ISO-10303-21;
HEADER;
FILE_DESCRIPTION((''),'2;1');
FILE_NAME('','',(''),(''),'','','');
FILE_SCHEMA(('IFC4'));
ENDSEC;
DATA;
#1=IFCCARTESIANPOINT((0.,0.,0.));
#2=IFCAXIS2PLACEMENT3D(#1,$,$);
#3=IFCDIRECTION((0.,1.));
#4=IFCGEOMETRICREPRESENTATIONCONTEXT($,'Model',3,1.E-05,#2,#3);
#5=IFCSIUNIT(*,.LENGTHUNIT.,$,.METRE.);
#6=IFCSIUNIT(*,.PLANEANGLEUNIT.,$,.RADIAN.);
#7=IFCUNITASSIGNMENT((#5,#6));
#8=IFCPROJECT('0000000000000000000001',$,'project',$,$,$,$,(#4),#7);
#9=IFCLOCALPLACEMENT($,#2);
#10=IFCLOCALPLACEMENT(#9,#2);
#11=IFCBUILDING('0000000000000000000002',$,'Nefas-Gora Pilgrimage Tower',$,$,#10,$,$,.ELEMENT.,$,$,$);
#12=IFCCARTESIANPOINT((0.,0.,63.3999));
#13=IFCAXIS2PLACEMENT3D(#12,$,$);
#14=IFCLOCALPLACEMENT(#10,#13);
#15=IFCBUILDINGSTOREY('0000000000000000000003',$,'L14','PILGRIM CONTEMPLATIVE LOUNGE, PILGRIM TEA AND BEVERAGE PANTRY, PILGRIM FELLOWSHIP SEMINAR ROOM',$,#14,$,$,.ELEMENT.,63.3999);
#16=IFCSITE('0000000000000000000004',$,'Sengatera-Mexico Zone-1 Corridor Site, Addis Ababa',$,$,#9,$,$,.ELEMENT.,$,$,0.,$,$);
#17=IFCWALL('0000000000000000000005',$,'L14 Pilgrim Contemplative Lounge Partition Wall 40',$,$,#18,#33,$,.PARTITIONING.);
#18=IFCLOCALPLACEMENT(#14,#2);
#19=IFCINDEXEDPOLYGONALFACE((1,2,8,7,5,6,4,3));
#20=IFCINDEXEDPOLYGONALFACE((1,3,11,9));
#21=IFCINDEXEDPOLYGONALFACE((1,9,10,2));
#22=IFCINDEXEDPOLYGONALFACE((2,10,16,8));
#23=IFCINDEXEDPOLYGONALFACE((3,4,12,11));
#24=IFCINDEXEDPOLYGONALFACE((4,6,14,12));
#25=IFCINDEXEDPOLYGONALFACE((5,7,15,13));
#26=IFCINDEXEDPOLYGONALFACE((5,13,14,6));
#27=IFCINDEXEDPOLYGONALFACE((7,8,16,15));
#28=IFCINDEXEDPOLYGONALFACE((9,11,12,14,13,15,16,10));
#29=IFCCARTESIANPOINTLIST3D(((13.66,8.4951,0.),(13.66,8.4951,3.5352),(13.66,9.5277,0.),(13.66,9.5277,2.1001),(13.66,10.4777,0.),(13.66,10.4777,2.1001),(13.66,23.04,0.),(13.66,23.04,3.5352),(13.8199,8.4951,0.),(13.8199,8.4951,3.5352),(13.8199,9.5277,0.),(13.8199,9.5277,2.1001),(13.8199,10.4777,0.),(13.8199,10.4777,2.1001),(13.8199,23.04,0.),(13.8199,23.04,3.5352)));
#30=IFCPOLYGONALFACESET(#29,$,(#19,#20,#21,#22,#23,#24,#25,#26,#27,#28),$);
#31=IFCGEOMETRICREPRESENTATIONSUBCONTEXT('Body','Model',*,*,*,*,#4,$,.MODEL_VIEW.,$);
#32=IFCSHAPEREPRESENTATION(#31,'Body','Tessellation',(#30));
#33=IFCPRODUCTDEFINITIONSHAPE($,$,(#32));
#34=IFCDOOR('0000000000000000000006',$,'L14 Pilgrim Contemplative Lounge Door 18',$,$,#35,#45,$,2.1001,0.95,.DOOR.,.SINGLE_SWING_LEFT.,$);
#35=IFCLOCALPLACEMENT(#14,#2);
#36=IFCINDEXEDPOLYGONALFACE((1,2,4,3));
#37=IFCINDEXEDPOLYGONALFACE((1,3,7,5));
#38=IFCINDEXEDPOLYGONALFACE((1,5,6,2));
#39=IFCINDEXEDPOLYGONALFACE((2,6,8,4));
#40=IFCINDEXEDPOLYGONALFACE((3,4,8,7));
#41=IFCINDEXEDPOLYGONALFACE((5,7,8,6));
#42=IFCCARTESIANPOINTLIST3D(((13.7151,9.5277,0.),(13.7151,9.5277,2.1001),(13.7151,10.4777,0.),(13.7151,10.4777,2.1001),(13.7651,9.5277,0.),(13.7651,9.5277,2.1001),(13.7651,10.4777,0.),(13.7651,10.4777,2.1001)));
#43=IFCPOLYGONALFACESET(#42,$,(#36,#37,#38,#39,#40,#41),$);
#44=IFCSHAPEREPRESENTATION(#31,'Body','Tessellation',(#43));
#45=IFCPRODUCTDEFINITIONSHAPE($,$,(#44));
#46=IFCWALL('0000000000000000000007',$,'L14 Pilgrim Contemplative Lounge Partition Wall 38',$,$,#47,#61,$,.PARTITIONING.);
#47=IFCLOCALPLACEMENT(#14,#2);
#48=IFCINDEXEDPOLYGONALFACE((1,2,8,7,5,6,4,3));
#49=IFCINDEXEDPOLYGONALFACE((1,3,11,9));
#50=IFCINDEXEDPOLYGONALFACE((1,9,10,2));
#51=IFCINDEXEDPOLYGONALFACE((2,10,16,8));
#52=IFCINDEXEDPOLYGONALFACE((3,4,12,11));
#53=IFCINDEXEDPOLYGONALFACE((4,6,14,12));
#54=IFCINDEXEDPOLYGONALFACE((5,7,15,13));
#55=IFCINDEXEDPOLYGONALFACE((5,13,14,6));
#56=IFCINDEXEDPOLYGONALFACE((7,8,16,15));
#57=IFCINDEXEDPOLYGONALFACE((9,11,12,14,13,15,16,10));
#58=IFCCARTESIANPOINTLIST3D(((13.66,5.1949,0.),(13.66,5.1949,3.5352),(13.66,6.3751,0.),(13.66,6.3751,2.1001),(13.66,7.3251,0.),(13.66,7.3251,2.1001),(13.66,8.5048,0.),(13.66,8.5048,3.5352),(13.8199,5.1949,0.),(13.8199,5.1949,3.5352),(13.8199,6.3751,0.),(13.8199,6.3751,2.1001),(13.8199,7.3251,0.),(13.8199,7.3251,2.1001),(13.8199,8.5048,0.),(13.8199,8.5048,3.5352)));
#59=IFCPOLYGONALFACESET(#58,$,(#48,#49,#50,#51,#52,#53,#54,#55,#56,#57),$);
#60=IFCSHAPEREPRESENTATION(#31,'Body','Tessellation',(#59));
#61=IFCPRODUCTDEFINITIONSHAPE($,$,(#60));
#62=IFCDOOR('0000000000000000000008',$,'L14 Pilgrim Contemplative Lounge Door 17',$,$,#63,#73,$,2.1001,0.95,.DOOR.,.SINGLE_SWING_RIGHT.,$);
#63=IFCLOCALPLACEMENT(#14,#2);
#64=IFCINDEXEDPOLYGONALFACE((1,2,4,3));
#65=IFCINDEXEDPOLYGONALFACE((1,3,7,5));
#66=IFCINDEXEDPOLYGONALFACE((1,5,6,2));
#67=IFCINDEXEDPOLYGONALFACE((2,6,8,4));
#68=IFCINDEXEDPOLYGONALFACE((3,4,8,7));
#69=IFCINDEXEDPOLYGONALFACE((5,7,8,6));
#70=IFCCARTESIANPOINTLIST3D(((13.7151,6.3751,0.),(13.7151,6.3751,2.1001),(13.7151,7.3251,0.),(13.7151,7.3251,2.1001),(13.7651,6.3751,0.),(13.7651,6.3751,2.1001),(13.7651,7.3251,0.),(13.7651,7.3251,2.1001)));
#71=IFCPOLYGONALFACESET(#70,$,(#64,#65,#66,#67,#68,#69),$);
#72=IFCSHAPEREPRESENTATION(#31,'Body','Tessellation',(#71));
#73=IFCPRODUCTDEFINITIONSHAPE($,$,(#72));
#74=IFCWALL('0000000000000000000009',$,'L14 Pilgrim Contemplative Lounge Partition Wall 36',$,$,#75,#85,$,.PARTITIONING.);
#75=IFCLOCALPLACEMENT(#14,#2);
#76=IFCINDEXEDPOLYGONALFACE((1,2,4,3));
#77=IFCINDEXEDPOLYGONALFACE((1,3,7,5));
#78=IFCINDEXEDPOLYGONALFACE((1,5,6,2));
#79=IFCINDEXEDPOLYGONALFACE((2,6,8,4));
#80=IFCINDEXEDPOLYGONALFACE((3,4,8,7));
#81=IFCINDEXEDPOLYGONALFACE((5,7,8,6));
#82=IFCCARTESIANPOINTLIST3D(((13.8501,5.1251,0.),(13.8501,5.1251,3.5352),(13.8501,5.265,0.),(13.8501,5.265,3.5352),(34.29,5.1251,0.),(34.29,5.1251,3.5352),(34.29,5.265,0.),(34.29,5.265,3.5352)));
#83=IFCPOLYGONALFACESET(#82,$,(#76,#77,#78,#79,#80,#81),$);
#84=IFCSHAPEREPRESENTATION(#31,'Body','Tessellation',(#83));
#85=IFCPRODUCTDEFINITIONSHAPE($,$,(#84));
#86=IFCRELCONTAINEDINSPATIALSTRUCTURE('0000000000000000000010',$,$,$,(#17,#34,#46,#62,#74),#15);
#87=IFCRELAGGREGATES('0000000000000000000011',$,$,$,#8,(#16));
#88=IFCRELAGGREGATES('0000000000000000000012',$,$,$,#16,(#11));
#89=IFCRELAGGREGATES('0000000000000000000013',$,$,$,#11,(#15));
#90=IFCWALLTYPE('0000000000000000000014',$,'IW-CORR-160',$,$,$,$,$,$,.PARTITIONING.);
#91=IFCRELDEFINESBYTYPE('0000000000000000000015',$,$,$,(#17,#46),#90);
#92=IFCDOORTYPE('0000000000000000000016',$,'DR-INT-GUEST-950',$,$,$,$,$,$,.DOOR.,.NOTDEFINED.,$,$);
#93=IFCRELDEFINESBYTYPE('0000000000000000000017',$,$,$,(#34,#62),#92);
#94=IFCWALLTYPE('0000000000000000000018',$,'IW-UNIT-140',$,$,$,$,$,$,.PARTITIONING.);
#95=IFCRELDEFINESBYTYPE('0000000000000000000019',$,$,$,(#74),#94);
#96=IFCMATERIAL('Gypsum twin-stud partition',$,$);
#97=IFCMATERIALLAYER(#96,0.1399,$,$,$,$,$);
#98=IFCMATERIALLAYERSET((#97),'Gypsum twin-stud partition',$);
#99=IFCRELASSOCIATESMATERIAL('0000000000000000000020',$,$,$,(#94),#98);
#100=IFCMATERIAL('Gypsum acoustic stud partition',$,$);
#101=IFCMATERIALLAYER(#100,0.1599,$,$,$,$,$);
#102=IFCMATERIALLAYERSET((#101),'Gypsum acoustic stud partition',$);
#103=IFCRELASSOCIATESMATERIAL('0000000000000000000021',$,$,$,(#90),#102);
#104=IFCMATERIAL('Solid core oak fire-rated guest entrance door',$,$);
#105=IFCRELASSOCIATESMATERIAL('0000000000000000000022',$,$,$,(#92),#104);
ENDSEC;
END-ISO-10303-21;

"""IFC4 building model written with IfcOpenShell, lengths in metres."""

from ifc_helpers import new_model, si_unit, direction, frame, frame_2d, origin, place, context, subcontext, project, spatial, rectangle, extrude, source, transform, mapped, material, layer, layer_set, type_object, element, fill, save


model = new_model("IFC4")

# Units and contexts
model_context = context("Model", 3, precision=1e-05, world=origin(), true_north=direction((0.0, 1.0)))
body_context = subcontext(model_context, "Body", "Model", "MODEL_VIEW")
ifc_project = project(units=[si_unit("LENGTHUNIT", "METRE"), si_unit("PLANEANGLEUNIT", "RADIAN")], contexts=[model_context])

# Site, building, storey
site_placement = place(None, origin())
site = spatial("IfcSite", under=ifc_project, at=site_placement, Name="Sengatera-Mexico Zone-1 Corridor Site, Addis Ababa", CompositionType="ELEMENT", RefElevation=0.0)
building_placement = place(site_placement, origin())
building = spatial("IfcBuilding", under=site, at=building_placement, Name="Nefas-Gora Pilgrimage Tower", CompositionType="ELEMENT")
storey_placement = place(building_placement, frame((0.0, 0.0, 63.3999)))
storey = spatial("IfcBuildingStorey", under=building, at=storey_placement, Name="L14", Description="PILGRIM CONTEMPLATIVE LOUNGE, PILGRIM TEA AND BEVERAGE PANTRY, PILGRIM FELLOWSHIP SEMINAR ROOM", CompositionType="ELEMENT", Elevation=63.3999)

# Shared definitions
ifc_material_1 = material(Name="Gypsum twin-stud partition")
ifc_layer_1 = layer(ifc_material_1, 0.1399)
ifc_layer_set_1 = layer_set([ifc_layer_1], Name="Gypsum twin-stud partition")
wall_type_1 = type_object("IfcWallType", Name="IW-UNIT-140", PredefinedType="PARTITIONING", material=ifc_layer_set_1)

# Walls, openings, doors
ifc_material_2 = material(Name="Gypsum acoustic stud partition")
ifc_layer_2 = layer(ifc_material_2, 0.1599)
ifc_layer_set_2 = layer_set([ifc_layer_2], Name="Gypsum acoustic stud partition")
wall_type_2 = type_object("IfcWallType", Name="IW-CORR-160", PredefinedType="PARTITIONING", material=ifc_layer_set_2)
shared_shape_1 = source(origin(), body_context, "Body", "SweptSolid", [
    extrude(rectangle(XDim=14.5449, YDim=0.1599, at=frame_2d((7.2725, 0.0))), origin(), (0.0, 0.0, 1.0), 3.5352),
])
wall_1_placement = place(storey_placement, frame((13.74, 8.4951, 0.0), z_axis=(0.0, 0.0, 1.0), x_axis=(0.0, 1.0, 0.0)))
wall_1 = element("IfcWall", 1, at=wall_1_placement, inside=storey, type_object=wall_type_2, Name="L14 Pilgrim Contemplative Lounge Partition Wall 40", PredefinedType="PARTITIONING", context=body_context, shape_type="MappedRepresentation", body=[
    mapped(shared_shape_1, transform((0.0, 0.0, 0.0), x_axis=(1.0, 0.0, 0.0), y_axis=(0.0, 1.0, 0.0), z_axis=(0.0, 0.0, 1.0), scale=1.0)),
])
opening_1_placement = place(wall_1_placement, frame((1.0325, 0.0, 0.0)))
opening_1 = element("IfcOpeningElement", 2, at=opening_1_placement, cuts=wall_1, PredefinedType="OPENING", context=body_context, shape_type="SweptSolid", body=[
    extrude(rectangle(XDim=0.95, YDim=2.1001, at=frame_2d((0.4751, 1.05))), frame((0.0, 0.0898, 0.0), z_axis=(0.0, -1.0, 0.0), x_axis=(1.0, 0.0, 0.0)), (0.0, 0.0, 1.0), 0.1799),
])
ifc_material_3 = material(Name="Solid core oak fire-rated guest entrance door")
door_type = type_object("IfcDoorType", Name="DR-INT-GUEST-950", OperationType="NOTDEFINED", PredefinedType="DOOR", material=ifc_material_3)
shared_shape_2 = source(origin(), body_context, "Body", "SweptSolid", [
    extrude(rectangle(XDim=0.95, YDim=2.1001, at=frame_2d((0.4751, 1.05))), frame((0.0, 0.0249, 0.0), z_axis=(0.0, -1.0, 0.0), x_axis=(1.0, 0.0, 0.0)), (0.0, 0.0, 1.0), 0.05),
])
door_1_placement = place(opening_1_placement, origin())
door_1 = element("IfcDoor", 3, at=door_1_placement, inside=storey, type_object=door_type, Name="L14 Pilgrim Contemplative Lounge Door 18", OperationType="SINGLE_SWING_LEFT", OverallHeight=2.1001, OverallWidth=0.95, PredefinedType="DOOR", context=body_context, shape_type="MappedRepresentation", body=[
    mapped(shared_shape_2, transform((0.0, 0.0, 0.0), x_axis=(1.0, 0.0, 0.0), y_axis=(0.0, 1.0, 0.0), z_axis=(0.0, 0.0, 1.0), scale=1.0)),
])
fill(opening_1, door_1)
shared_shape_3 = source(origin(), body_context, "Body", "SweptSolid", [
    extrude(rectangle(XDim=3.3098, YDim=0.1599, at=frame_2d((1.6548, 0.0))), origin(), (0.0, 0.0, 1.0), 3.5352),
])
wall_2_placement = place(storey_placement, frame((13.74, 5.1951, 0.0), z_axis=(0.0, 0.0, 1.0), x_axis=(0.0, 1.0, 0.0)))
wall_2 = element("IfcWall", 4, at=wall_2_placement, inside=storey, type_object=wall_type_2, Name="L14 Pilgrim Contemplative Lounge Partition Wall 38", PredefinedType="PARTITIONING", context=body_context, shape_type="MappedRepresentation", body=[
    mapped(shared_shape_3, transform((0.0, 0.0, 0.0), x_axis=(1.0, 0.0, 0.0), y_axis=(0.0, 1.0, 0.0), z_axis=(0.0, 0.0, 1.0), scale=1.0)),
])
opening_2_placement = place(wall_2_placement, frame((1.1799, 0.0, 0.0)))
opening_2 = element("IfcOpeningElement", 5, at=opening_2_placement, cuts=wall_2, PredefinedType="OPENING", context=body_context, shape_type="SweptSolid", body=[
    extrude(rectangle(XDim=0.95, YDim=2.1001, at=frame_2d((0.4751, 1.05))), frame((0.0, 0.0898, 0.0), z_axis=(0.0, -1.0, 0.0), x_axis=(1.0, 0.0, 0.0)), (0.0, 0.0, 1.0), 0.1799),
])
door_2_placement = place(opening_2_placement, origin())
door_2 = element("IfcDoor", 6, at=door_2_placement, inside=storey, type_object=door_type, Name="L14 Pilgrim Contemplative Lounge Door 17", OperationType="SINGLE_SWING_RIGHT", OverallHeight=2.1001, OverallWidth=0.95, PredefinedType="DOOR", context=body_context, shape_type="MappedRepresentation", body=[
    mapped(shared_shape_2, transform((0.0, 0.0, 0.0), x_axis=(1.0, 0.0, 0.0), y_axis=(0.0, 1.0, 0.0), z_axis=(0.0, 0.0, 1.0), scale=1.0)),
])
fill(opening_2, door_2)

# Wall
shared_shape_4 = source(origin(), body_context, "Body", "SweptSolid", [
    extrude(rectangle(XDim=20.4399, YDim=0.1399, at=frame_2d((10.22, 0.0))), origin(), (0.0, 0.0, 1.0), 3.5352),
])
wall_3_placement = place(storey_placement, frame((13.8501, 5.1951, 0.0), z_axis=(0.0, 0.0, 1.0), x_axis=(1.0, 0.0, 0.0)))
element("IfcWall", 7, at=wall_3_placement, inside=storey, type_object=wall_type_1, Name="L14 Pilgrim Contemplative Lounge Partition Wall 36", PredefinedType="PARTITIONING", context=body_context, shape_type="MappedRepresentation", body=[
    mapped(shared_shape_4, transform((0.0, 0.0, 0.0), x_axis=(1.0, 0.0, 0.0), y_axis=(0.0, 1.0, 0.0), z_axis=(0.0, 0.0, 1.0), scale=1.0)),
])

save(model, "model.ifc")
